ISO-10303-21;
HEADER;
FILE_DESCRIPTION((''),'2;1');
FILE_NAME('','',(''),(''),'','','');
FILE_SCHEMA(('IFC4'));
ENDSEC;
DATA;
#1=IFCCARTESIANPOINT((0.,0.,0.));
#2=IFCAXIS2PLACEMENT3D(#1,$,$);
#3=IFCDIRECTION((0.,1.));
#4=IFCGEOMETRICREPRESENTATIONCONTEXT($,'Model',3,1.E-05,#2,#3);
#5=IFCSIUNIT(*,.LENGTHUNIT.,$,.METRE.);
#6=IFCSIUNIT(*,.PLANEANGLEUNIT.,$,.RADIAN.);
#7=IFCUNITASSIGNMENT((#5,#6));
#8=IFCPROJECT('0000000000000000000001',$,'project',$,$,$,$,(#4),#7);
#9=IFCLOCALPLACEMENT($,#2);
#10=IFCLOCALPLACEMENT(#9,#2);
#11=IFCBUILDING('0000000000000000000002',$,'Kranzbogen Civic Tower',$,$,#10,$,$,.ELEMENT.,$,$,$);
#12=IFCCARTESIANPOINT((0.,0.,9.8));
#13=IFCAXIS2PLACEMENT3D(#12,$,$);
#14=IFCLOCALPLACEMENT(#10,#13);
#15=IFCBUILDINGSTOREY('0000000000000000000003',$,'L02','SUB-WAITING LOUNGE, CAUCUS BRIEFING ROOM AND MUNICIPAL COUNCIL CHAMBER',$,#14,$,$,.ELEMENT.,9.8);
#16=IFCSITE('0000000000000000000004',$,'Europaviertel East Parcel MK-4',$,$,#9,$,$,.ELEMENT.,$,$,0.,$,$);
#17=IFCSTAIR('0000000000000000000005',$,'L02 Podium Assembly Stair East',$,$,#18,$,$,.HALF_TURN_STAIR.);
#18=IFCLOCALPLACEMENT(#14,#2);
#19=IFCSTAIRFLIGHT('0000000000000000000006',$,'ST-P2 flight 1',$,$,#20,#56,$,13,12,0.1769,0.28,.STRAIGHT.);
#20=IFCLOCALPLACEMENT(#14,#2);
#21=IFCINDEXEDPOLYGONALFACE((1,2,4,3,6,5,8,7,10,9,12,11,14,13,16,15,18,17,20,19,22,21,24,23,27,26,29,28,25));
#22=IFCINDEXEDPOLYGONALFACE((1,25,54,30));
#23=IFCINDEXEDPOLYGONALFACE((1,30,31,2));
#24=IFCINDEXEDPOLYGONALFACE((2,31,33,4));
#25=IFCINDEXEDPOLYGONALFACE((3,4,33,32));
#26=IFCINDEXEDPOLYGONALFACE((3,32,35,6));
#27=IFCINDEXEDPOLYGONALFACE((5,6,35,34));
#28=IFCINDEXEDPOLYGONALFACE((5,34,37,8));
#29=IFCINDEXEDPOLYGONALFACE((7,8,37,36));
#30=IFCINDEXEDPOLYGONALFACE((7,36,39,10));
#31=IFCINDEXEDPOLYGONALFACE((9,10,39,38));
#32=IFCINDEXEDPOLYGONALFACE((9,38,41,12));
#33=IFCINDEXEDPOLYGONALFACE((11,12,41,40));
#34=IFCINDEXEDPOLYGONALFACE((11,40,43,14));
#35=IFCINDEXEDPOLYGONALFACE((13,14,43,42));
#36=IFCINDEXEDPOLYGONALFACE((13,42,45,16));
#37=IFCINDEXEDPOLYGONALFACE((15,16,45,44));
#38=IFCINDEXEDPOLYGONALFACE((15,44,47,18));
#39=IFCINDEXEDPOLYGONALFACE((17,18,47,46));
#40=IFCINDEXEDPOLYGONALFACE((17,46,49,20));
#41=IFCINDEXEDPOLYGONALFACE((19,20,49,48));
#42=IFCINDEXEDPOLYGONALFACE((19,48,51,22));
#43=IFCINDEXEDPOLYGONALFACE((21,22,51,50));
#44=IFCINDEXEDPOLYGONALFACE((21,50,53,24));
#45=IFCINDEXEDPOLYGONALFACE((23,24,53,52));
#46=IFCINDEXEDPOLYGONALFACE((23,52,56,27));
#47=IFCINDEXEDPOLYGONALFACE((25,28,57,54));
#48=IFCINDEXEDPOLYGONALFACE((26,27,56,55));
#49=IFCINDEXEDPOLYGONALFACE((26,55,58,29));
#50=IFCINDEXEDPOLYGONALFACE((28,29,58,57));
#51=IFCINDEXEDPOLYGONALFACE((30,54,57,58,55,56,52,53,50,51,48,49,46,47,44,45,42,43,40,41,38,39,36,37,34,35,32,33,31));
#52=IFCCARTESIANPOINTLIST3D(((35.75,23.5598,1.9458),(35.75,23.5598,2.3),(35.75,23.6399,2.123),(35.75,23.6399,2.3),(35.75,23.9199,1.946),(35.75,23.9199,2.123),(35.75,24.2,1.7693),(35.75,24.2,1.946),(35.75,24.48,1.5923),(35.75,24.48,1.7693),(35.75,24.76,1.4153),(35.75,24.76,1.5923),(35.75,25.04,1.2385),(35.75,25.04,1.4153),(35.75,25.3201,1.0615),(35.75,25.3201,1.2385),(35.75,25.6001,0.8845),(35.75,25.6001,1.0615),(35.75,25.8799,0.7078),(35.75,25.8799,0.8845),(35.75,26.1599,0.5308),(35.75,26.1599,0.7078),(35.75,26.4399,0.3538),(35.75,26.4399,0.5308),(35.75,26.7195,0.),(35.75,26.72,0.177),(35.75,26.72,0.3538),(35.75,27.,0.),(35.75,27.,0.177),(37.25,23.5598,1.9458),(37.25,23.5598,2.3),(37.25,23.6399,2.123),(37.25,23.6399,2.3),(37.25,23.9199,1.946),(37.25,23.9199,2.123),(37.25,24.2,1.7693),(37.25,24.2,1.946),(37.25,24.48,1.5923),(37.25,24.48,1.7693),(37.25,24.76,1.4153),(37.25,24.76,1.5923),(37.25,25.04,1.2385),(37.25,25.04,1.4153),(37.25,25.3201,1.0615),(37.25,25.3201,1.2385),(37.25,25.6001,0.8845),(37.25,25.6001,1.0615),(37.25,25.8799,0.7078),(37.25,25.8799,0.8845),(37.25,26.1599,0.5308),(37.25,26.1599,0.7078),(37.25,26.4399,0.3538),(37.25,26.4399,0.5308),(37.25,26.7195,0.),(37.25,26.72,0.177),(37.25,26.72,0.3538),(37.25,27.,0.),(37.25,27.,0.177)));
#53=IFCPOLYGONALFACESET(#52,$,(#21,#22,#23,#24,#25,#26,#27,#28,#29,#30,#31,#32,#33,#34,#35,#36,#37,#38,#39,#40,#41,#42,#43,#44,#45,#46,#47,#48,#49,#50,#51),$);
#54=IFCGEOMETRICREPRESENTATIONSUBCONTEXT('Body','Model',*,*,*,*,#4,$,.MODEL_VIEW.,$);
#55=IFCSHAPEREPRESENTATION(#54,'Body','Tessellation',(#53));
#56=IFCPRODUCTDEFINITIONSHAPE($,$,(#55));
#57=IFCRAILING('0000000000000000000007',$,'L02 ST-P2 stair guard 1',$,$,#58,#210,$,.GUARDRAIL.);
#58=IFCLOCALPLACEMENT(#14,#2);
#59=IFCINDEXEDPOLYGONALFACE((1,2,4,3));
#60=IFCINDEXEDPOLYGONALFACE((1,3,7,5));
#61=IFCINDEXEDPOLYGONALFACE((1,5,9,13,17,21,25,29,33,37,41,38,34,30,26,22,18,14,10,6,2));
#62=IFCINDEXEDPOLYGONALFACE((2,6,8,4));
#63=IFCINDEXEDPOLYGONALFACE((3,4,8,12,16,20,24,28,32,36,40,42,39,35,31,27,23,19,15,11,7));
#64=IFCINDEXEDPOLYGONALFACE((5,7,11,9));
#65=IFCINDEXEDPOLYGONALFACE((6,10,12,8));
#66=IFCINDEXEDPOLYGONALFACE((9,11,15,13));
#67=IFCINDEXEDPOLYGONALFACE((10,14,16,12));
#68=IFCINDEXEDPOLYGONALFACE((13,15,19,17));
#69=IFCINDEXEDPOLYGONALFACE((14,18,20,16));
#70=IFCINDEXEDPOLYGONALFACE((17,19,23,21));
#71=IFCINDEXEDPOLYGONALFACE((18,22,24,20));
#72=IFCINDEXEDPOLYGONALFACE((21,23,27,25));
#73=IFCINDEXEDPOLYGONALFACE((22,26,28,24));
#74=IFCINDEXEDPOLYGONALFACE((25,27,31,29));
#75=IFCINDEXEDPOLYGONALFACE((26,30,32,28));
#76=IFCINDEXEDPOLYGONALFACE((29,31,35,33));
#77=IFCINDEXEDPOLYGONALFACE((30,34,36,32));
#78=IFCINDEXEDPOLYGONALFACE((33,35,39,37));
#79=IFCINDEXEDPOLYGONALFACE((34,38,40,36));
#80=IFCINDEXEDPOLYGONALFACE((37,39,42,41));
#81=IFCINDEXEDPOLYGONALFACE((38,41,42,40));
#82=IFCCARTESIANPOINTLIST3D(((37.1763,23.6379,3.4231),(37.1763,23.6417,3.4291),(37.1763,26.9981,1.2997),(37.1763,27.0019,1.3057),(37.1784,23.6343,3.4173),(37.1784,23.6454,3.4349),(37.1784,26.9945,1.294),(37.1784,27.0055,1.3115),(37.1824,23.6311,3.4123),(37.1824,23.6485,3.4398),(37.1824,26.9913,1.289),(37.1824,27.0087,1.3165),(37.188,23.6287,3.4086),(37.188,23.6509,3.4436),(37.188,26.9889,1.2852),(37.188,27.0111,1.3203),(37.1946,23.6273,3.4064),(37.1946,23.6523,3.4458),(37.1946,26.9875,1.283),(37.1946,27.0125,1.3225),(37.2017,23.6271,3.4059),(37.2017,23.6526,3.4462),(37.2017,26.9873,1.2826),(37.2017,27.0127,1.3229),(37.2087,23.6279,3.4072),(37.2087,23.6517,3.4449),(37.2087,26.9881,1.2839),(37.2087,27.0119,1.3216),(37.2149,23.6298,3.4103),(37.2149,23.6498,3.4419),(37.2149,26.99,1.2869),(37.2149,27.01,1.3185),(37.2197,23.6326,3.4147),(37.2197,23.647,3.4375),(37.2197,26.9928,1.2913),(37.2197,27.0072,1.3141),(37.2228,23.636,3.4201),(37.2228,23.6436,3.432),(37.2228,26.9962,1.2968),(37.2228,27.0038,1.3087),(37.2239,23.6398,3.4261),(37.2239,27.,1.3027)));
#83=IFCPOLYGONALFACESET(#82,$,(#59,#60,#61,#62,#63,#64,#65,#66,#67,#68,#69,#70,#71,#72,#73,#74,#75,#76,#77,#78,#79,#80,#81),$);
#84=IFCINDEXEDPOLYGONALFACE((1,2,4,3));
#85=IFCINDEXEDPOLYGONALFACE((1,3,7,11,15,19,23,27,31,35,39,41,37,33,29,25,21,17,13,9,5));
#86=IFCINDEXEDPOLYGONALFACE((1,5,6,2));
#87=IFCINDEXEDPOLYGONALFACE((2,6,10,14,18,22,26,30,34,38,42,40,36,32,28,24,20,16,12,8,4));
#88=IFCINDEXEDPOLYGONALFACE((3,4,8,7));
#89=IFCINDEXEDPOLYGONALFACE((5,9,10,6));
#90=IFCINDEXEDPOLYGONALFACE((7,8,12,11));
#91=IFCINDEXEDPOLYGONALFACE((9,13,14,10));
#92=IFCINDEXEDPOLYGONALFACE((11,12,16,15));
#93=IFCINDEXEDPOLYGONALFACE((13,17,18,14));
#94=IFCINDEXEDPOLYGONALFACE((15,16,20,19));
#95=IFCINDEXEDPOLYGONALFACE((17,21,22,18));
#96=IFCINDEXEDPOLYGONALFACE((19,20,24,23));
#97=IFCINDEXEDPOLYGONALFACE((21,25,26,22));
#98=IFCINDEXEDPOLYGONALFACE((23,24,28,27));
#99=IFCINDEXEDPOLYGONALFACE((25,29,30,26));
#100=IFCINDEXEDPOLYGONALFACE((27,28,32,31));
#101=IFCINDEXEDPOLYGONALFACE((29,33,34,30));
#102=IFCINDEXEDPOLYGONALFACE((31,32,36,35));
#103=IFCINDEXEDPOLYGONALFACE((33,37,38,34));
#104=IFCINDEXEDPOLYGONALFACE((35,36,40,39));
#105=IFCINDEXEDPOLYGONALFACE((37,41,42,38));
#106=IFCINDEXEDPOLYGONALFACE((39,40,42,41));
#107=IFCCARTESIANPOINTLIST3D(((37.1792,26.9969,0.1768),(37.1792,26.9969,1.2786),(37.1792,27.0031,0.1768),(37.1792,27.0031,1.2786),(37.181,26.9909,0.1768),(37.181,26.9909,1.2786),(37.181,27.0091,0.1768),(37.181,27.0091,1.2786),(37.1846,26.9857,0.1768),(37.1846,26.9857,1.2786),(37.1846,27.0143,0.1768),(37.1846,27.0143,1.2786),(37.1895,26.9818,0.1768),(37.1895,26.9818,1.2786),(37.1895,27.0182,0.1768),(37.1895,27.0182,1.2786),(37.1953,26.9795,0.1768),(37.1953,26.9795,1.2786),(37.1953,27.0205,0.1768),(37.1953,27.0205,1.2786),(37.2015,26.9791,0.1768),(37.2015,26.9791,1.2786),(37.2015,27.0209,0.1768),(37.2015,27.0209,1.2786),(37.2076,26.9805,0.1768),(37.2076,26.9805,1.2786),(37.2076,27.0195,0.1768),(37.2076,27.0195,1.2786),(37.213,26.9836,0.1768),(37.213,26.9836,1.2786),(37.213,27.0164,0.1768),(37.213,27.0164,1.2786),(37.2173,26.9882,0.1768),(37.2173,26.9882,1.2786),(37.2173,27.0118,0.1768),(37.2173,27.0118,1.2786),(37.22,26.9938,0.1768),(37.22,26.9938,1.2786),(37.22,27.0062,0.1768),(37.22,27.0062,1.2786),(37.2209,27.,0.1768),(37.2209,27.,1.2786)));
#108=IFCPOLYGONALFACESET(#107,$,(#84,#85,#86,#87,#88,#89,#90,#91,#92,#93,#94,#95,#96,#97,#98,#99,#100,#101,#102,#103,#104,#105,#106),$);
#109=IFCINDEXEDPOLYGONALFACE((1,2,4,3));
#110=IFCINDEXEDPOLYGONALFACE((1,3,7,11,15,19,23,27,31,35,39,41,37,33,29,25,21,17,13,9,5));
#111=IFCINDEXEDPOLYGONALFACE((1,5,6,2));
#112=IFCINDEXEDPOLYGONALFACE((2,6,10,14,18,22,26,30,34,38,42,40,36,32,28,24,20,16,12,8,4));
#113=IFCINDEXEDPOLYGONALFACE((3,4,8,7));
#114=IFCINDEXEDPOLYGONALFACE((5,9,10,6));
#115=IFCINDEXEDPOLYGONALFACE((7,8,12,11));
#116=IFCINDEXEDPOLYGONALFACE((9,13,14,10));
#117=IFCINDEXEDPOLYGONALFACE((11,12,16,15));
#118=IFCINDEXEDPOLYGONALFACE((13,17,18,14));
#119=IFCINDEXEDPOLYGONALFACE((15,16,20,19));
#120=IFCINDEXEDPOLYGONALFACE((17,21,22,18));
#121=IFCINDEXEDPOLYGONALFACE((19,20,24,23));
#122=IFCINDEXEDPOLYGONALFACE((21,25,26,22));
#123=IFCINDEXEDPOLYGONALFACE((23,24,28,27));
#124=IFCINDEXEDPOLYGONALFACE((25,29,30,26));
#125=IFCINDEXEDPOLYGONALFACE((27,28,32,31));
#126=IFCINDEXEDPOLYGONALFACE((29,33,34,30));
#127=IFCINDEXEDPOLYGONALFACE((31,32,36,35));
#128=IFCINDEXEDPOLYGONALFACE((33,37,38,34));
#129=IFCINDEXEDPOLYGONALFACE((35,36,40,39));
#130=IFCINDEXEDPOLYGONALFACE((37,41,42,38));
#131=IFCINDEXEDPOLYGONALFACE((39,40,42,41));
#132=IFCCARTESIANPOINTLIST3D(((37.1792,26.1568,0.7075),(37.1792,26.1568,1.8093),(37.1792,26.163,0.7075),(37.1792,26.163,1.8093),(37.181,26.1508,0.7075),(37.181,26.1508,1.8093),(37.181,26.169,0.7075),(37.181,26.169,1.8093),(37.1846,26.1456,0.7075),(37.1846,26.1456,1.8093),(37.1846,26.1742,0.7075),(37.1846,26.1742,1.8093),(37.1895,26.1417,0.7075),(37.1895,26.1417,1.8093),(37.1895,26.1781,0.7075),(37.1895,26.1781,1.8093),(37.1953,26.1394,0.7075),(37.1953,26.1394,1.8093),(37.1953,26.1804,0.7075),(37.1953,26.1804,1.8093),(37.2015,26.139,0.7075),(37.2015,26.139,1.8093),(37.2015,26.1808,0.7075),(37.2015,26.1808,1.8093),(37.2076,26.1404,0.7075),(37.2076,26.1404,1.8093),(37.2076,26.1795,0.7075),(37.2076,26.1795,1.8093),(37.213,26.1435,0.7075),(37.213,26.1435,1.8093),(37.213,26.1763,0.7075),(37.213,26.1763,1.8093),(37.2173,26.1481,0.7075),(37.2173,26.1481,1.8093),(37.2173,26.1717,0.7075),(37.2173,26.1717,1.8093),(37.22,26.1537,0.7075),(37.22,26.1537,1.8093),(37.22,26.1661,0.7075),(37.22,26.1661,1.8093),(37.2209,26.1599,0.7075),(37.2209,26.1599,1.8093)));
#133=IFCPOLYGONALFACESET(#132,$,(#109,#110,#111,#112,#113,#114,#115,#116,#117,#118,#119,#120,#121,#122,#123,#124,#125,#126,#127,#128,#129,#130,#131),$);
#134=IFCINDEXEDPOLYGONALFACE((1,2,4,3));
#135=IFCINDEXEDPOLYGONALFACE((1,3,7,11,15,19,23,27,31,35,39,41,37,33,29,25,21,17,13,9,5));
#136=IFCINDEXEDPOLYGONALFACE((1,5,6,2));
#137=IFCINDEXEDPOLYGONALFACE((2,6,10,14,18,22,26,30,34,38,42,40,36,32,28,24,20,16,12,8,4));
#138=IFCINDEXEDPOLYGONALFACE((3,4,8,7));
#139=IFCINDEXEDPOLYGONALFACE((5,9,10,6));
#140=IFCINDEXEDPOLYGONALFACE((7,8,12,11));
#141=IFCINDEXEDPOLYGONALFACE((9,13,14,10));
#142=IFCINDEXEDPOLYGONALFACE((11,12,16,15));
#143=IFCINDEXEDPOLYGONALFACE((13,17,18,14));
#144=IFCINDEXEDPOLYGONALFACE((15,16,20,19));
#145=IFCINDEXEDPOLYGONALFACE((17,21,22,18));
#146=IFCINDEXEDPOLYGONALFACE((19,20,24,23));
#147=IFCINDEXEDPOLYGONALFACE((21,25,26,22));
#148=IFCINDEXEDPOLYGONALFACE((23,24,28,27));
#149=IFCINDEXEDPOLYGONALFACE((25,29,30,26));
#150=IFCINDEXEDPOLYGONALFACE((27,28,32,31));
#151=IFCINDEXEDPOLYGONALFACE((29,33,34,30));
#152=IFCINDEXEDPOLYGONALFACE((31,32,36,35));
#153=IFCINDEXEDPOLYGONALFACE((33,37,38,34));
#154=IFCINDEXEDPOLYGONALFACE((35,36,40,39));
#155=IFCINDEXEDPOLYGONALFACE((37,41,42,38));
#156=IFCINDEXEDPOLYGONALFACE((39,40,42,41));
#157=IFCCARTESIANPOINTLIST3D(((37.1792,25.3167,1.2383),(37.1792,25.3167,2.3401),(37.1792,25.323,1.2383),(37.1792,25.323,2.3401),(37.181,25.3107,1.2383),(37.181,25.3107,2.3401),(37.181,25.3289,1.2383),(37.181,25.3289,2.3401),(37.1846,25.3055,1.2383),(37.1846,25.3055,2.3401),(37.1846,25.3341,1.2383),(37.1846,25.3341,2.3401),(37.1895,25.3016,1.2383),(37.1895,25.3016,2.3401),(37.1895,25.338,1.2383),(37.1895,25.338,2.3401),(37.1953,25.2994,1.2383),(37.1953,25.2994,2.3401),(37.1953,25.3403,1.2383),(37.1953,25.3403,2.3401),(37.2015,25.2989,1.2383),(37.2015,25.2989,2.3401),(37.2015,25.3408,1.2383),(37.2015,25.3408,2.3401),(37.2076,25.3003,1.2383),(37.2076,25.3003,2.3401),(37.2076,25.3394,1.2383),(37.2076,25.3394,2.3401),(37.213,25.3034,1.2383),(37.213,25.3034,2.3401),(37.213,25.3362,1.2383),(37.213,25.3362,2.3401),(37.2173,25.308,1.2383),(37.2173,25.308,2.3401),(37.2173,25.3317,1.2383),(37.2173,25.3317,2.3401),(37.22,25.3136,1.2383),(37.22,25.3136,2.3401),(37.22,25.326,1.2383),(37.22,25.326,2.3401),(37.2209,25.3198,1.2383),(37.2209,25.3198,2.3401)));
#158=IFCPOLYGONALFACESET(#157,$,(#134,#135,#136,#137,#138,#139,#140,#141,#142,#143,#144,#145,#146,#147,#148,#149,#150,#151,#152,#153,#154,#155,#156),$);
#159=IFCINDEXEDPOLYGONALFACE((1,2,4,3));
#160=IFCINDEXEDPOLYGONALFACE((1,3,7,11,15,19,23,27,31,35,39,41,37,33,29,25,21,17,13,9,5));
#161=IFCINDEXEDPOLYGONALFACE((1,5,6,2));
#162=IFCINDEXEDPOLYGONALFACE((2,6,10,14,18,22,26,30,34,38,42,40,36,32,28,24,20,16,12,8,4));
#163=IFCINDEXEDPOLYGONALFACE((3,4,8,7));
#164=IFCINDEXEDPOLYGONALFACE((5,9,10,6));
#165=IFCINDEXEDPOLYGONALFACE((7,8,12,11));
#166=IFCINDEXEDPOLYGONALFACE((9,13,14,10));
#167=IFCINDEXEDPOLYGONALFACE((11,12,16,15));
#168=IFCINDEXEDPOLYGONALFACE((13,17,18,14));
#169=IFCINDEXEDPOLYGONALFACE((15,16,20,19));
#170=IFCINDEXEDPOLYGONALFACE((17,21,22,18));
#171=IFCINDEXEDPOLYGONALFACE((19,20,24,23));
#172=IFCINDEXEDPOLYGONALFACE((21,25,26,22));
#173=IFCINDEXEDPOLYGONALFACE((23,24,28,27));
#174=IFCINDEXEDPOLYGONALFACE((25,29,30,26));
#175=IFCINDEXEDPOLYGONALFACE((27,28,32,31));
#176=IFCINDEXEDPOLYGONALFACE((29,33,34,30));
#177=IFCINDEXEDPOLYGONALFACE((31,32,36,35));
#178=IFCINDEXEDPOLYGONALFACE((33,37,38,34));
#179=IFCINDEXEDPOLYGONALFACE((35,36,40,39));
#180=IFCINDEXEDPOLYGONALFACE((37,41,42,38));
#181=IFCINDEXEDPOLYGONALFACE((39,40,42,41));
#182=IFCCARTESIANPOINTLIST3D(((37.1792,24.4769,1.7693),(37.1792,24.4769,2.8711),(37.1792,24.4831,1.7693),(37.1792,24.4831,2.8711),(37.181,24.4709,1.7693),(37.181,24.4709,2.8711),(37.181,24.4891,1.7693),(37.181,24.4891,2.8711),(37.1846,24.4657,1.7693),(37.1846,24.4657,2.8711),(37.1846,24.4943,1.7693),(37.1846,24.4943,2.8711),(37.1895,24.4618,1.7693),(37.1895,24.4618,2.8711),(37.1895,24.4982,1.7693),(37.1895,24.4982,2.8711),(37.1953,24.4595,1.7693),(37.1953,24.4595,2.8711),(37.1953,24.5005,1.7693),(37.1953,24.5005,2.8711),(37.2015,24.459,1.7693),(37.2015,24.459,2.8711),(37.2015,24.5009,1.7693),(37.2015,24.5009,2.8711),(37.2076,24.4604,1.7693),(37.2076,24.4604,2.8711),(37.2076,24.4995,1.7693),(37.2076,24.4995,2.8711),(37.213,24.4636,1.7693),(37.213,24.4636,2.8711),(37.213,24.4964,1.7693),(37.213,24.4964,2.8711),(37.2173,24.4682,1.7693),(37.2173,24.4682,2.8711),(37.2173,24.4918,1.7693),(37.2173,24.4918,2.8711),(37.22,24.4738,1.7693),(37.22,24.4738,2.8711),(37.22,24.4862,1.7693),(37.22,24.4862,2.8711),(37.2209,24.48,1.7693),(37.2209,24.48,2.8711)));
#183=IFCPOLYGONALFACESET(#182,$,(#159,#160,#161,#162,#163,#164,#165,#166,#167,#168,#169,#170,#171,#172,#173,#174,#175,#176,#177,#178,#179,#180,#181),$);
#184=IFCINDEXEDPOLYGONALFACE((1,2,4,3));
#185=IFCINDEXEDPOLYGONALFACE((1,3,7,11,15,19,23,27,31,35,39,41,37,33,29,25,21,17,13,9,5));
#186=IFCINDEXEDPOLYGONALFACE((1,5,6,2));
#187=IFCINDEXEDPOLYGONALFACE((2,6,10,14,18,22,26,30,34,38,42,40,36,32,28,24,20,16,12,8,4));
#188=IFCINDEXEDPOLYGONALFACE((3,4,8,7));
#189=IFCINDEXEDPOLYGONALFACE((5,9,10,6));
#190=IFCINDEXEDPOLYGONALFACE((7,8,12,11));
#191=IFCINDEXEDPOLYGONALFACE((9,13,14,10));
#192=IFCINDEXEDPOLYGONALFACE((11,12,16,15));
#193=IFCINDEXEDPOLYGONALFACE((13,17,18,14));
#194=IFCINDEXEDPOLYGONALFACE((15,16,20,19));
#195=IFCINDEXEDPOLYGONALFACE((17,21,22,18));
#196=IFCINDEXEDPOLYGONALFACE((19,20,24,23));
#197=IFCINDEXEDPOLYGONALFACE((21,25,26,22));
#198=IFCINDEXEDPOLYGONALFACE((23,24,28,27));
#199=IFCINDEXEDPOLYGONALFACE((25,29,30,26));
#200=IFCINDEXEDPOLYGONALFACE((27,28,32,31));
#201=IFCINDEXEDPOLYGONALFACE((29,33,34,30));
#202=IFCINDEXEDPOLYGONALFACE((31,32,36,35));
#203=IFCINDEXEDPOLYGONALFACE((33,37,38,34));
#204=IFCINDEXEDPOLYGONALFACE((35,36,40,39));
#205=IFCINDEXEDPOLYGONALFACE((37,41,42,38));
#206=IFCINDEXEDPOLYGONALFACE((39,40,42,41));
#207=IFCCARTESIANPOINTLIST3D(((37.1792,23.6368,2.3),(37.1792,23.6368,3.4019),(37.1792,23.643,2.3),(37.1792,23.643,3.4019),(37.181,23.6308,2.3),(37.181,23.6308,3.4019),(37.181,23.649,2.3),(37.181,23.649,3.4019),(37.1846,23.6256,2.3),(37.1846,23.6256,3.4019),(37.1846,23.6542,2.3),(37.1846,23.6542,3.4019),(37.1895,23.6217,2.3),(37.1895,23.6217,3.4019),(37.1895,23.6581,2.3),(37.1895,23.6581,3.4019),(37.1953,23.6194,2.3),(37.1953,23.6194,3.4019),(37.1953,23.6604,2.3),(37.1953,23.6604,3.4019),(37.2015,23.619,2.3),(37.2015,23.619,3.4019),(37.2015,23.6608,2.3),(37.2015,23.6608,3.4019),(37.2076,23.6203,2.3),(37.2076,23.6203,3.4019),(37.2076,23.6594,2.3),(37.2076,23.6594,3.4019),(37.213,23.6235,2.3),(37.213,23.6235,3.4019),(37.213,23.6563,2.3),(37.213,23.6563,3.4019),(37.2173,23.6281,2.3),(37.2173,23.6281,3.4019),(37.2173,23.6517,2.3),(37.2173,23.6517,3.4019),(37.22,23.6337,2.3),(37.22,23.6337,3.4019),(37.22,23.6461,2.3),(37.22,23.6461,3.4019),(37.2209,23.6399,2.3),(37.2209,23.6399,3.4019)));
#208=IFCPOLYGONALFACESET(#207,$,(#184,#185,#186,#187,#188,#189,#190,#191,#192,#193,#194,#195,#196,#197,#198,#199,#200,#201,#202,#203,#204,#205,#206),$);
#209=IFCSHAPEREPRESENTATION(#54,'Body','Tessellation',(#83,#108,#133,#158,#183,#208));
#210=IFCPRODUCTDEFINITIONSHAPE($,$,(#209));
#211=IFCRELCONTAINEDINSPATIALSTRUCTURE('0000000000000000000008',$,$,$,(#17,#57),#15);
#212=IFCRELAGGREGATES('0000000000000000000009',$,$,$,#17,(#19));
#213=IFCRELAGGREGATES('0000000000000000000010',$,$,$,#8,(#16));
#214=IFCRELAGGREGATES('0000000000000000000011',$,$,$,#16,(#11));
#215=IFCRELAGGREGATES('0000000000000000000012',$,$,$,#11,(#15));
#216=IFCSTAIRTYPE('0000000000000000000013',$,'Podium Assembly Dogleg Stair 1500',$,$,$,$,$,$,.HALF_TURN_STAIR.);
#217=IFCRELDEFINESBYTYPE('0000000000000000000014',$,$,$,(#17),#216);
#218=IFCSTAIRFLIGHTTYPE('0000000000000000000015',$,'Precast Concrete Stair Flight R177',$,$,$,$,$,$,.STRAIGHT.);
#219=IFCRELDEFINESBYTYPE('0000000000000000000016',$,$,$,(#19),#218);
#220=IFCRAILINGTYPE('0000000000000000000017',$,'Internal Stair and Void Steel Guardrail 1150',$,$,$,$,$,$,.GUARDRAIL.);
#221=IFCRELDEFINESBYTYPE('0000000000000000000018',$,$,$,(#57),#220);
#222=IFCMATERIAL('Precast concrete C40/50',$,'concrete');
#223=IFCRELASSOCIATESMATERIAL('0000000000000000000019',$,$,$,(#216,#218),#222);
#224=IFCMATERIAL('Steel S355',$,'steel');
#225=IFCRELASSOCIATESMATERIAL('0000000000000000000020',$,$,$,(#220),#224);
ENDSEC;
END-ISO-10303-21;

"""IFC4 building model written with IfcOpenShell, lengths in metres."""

from ifc_helpers import new_model, si_unit, direction, frame, origin, origin_2d, place, context, subcontext, project, spatial, polyline, circle, outline, extrude, material, type_object, element, aggregate, save


model = new_model("IFC4")

# Units and contexts
model_context = context("Model", 3, precision=1e-05, world=origin(), true_north=direction((0.0, 1.0)))
body_context = subcontext(model_context, "Body", "Model", "MODEL_VIEW")
ifc_project = project(units=[si_unit("LENGTHUNIT", "METRE"), si_unit("PLANEANGLEUNIT", "RADIAN")], contexts=[model_context])

# Site, building, storey
site_placement = place(None, origin())
site = spatial("IfcSite", under=ifc_project, at=site_placement, Name="Europaviertel East Parcel MK-4", CompositionType="ELEMENT", RefElevation=0.0)
building_placement = place(site_placement, origin())
building = spatial("IfcBuilding", under=site, at=building_placement, Name="Kranzbogen Civic Tower", CompositionType="ELEMENT")
storey_placement = place(building_placement, frame((0.0, 0.0, 9.8)))
storey = spatial("IfcBuildingStorey", under=building, at=storey_placement, Name="L02", Description="SUB-WAITING LOUNGE, CAUCUS BRIEFING ROOM AND MUNICIPAL COUNCIL CHAMBER", CompositionType="ELEMENT", Elevation=9.8)

# Shared definitions
ifc_material_1 = material(Name="Steel S355", Category="steel")

# Stair, stair flight
ifc_material_2 = material(Name="Precast concrete C40/50", Category="concrete")
stair_type = type_object("IfcStairType", Name="Podium Assembly Dogleg Stair 1500", PredefinedType="HALF_TURN_STAIR", material=ifc_material_2)
stair_placement = place(storey_placement, origin())
stair = element("IfcStair", 1, at=stair_placement, inside=storey, type_object=stair_type, Name="L02 Podium Assembly Stair East", PredefinedType="HALF_TURN_STAIR")
stair_flight_type = type_object("IfcStairFlightType", Name="Precast Concrete Stair Flight R177", PredefinedType="STRAIGHT", material=ifc_material_2)
stair_flight_placement = place(storey_placement, frame((36.5, 27.0, 0.0), z_axis=(0.0, 0.0, 1.0), x_axis=(0.0, -1.0, 0.0)))
stair_flight = element("IfcStairFlight", 2, at=stair_flight_placement, type_object=stair_flight_type, Name="ST-P2 flight 1", NumberOfRisers=13, NumberOfTreads=12, PredefinedType="STRAIGHT", RiserHeight=0.1769, TreadLength=0.28, context=body_context, shape_type="SweptSolid", body=[
    extrude(outline(polyline([(0.0, 0.0), (0.0, 0.177), (0.28, 0.177), (0.28, 0.3538), (0.5601, 0.3538), (0.5601, 0.5308), (0.8401, 0.5308), (0.8401, 0.7078), (1.1201, 0.7078), (1.1201, 0.8845), (1.3999, 0.8845), (1.3999, 1.0615), (1.6799, 1.0615), (1.6799, 1.2385), (1.96, 1.2385), (1.96, 1.4153), (2.24, 1.4153), (2.24, 1.5923), (2.52, 1.5923), (2.52, 1.7693), (2.8, 1.7693), (2.8, 1.946), (3.0801, 1.946), (3.0801, 2.123), (3.3601, 2.123), (3.3601, 2.3), (3.4402, 2.3), (3.4402, 1.9458), (0.2805, 0.0), (0.0, 0.0)])), frame((0.0, 0.75, 0.0), z_axis=(0.0, -1.0, 0.0), x_axis=(1.0, 0.0, 0.0)), (0.0, 0.0, 1.0), 1.5),
])
aggregate(stair, [stair_flight])

# Railing
railing_type_1 = type_object("IfcRailingType", Name="Internal Stair and Void Steel Guardrail 1150", PredefinedType="GUARDRAIL", material=ifc_material_1)
railing_1_placement = place(storey_placement, frame((37.2, 27.0, 0.1768)))
element("IfcRailing", 3, at=railing_1_placement, inside=storey, type_object=railing_type_1, Name="L02 ST-P2 stair guard 1", PredefinedType="GUARDRAIL", context=body_context, shape_type="SweptSolid", body=[
    extrude(circle(Radius=0.0239, at=origin_2d()), frame((0.0, 0.0, 1.126), z_axis=(0.0, -0.845362, 0.534194), x_axis=(1.0, 0.0, 0.0)), (0.0, 0.0, 1.0), 3.9749),
    extrude(circle(Radius=0.021, at=origin_2d()), origin(), (0.0, 0.0, 1.0), 1.1018),
    extrude(circle(Radius=0.021, at=origin_2d()), frame((0.0, -0.8401, 0.5308)), (0.0, 0.0, 1.0), 1.1018),
    extrude(circle(Radius=0.021, at=origin_2d()), frame((0.0, -1.6802, 1.0615)), (0.0, 0.0, 1.0), 1.1018),
    extrude(circle(Radius=0.021, at=origin_2d()), frame((0.0, -2.52, 1.5925)), (0.0, 0.0, 1.0), 1.1018),
    extrude(circle(Radius=0.021, at=origin_2d()), frame((0.0, -3.3601, 2.1233)), (0.0, 0.0, 1.0), 1.1018),
])

save(model, "model.ifc")
